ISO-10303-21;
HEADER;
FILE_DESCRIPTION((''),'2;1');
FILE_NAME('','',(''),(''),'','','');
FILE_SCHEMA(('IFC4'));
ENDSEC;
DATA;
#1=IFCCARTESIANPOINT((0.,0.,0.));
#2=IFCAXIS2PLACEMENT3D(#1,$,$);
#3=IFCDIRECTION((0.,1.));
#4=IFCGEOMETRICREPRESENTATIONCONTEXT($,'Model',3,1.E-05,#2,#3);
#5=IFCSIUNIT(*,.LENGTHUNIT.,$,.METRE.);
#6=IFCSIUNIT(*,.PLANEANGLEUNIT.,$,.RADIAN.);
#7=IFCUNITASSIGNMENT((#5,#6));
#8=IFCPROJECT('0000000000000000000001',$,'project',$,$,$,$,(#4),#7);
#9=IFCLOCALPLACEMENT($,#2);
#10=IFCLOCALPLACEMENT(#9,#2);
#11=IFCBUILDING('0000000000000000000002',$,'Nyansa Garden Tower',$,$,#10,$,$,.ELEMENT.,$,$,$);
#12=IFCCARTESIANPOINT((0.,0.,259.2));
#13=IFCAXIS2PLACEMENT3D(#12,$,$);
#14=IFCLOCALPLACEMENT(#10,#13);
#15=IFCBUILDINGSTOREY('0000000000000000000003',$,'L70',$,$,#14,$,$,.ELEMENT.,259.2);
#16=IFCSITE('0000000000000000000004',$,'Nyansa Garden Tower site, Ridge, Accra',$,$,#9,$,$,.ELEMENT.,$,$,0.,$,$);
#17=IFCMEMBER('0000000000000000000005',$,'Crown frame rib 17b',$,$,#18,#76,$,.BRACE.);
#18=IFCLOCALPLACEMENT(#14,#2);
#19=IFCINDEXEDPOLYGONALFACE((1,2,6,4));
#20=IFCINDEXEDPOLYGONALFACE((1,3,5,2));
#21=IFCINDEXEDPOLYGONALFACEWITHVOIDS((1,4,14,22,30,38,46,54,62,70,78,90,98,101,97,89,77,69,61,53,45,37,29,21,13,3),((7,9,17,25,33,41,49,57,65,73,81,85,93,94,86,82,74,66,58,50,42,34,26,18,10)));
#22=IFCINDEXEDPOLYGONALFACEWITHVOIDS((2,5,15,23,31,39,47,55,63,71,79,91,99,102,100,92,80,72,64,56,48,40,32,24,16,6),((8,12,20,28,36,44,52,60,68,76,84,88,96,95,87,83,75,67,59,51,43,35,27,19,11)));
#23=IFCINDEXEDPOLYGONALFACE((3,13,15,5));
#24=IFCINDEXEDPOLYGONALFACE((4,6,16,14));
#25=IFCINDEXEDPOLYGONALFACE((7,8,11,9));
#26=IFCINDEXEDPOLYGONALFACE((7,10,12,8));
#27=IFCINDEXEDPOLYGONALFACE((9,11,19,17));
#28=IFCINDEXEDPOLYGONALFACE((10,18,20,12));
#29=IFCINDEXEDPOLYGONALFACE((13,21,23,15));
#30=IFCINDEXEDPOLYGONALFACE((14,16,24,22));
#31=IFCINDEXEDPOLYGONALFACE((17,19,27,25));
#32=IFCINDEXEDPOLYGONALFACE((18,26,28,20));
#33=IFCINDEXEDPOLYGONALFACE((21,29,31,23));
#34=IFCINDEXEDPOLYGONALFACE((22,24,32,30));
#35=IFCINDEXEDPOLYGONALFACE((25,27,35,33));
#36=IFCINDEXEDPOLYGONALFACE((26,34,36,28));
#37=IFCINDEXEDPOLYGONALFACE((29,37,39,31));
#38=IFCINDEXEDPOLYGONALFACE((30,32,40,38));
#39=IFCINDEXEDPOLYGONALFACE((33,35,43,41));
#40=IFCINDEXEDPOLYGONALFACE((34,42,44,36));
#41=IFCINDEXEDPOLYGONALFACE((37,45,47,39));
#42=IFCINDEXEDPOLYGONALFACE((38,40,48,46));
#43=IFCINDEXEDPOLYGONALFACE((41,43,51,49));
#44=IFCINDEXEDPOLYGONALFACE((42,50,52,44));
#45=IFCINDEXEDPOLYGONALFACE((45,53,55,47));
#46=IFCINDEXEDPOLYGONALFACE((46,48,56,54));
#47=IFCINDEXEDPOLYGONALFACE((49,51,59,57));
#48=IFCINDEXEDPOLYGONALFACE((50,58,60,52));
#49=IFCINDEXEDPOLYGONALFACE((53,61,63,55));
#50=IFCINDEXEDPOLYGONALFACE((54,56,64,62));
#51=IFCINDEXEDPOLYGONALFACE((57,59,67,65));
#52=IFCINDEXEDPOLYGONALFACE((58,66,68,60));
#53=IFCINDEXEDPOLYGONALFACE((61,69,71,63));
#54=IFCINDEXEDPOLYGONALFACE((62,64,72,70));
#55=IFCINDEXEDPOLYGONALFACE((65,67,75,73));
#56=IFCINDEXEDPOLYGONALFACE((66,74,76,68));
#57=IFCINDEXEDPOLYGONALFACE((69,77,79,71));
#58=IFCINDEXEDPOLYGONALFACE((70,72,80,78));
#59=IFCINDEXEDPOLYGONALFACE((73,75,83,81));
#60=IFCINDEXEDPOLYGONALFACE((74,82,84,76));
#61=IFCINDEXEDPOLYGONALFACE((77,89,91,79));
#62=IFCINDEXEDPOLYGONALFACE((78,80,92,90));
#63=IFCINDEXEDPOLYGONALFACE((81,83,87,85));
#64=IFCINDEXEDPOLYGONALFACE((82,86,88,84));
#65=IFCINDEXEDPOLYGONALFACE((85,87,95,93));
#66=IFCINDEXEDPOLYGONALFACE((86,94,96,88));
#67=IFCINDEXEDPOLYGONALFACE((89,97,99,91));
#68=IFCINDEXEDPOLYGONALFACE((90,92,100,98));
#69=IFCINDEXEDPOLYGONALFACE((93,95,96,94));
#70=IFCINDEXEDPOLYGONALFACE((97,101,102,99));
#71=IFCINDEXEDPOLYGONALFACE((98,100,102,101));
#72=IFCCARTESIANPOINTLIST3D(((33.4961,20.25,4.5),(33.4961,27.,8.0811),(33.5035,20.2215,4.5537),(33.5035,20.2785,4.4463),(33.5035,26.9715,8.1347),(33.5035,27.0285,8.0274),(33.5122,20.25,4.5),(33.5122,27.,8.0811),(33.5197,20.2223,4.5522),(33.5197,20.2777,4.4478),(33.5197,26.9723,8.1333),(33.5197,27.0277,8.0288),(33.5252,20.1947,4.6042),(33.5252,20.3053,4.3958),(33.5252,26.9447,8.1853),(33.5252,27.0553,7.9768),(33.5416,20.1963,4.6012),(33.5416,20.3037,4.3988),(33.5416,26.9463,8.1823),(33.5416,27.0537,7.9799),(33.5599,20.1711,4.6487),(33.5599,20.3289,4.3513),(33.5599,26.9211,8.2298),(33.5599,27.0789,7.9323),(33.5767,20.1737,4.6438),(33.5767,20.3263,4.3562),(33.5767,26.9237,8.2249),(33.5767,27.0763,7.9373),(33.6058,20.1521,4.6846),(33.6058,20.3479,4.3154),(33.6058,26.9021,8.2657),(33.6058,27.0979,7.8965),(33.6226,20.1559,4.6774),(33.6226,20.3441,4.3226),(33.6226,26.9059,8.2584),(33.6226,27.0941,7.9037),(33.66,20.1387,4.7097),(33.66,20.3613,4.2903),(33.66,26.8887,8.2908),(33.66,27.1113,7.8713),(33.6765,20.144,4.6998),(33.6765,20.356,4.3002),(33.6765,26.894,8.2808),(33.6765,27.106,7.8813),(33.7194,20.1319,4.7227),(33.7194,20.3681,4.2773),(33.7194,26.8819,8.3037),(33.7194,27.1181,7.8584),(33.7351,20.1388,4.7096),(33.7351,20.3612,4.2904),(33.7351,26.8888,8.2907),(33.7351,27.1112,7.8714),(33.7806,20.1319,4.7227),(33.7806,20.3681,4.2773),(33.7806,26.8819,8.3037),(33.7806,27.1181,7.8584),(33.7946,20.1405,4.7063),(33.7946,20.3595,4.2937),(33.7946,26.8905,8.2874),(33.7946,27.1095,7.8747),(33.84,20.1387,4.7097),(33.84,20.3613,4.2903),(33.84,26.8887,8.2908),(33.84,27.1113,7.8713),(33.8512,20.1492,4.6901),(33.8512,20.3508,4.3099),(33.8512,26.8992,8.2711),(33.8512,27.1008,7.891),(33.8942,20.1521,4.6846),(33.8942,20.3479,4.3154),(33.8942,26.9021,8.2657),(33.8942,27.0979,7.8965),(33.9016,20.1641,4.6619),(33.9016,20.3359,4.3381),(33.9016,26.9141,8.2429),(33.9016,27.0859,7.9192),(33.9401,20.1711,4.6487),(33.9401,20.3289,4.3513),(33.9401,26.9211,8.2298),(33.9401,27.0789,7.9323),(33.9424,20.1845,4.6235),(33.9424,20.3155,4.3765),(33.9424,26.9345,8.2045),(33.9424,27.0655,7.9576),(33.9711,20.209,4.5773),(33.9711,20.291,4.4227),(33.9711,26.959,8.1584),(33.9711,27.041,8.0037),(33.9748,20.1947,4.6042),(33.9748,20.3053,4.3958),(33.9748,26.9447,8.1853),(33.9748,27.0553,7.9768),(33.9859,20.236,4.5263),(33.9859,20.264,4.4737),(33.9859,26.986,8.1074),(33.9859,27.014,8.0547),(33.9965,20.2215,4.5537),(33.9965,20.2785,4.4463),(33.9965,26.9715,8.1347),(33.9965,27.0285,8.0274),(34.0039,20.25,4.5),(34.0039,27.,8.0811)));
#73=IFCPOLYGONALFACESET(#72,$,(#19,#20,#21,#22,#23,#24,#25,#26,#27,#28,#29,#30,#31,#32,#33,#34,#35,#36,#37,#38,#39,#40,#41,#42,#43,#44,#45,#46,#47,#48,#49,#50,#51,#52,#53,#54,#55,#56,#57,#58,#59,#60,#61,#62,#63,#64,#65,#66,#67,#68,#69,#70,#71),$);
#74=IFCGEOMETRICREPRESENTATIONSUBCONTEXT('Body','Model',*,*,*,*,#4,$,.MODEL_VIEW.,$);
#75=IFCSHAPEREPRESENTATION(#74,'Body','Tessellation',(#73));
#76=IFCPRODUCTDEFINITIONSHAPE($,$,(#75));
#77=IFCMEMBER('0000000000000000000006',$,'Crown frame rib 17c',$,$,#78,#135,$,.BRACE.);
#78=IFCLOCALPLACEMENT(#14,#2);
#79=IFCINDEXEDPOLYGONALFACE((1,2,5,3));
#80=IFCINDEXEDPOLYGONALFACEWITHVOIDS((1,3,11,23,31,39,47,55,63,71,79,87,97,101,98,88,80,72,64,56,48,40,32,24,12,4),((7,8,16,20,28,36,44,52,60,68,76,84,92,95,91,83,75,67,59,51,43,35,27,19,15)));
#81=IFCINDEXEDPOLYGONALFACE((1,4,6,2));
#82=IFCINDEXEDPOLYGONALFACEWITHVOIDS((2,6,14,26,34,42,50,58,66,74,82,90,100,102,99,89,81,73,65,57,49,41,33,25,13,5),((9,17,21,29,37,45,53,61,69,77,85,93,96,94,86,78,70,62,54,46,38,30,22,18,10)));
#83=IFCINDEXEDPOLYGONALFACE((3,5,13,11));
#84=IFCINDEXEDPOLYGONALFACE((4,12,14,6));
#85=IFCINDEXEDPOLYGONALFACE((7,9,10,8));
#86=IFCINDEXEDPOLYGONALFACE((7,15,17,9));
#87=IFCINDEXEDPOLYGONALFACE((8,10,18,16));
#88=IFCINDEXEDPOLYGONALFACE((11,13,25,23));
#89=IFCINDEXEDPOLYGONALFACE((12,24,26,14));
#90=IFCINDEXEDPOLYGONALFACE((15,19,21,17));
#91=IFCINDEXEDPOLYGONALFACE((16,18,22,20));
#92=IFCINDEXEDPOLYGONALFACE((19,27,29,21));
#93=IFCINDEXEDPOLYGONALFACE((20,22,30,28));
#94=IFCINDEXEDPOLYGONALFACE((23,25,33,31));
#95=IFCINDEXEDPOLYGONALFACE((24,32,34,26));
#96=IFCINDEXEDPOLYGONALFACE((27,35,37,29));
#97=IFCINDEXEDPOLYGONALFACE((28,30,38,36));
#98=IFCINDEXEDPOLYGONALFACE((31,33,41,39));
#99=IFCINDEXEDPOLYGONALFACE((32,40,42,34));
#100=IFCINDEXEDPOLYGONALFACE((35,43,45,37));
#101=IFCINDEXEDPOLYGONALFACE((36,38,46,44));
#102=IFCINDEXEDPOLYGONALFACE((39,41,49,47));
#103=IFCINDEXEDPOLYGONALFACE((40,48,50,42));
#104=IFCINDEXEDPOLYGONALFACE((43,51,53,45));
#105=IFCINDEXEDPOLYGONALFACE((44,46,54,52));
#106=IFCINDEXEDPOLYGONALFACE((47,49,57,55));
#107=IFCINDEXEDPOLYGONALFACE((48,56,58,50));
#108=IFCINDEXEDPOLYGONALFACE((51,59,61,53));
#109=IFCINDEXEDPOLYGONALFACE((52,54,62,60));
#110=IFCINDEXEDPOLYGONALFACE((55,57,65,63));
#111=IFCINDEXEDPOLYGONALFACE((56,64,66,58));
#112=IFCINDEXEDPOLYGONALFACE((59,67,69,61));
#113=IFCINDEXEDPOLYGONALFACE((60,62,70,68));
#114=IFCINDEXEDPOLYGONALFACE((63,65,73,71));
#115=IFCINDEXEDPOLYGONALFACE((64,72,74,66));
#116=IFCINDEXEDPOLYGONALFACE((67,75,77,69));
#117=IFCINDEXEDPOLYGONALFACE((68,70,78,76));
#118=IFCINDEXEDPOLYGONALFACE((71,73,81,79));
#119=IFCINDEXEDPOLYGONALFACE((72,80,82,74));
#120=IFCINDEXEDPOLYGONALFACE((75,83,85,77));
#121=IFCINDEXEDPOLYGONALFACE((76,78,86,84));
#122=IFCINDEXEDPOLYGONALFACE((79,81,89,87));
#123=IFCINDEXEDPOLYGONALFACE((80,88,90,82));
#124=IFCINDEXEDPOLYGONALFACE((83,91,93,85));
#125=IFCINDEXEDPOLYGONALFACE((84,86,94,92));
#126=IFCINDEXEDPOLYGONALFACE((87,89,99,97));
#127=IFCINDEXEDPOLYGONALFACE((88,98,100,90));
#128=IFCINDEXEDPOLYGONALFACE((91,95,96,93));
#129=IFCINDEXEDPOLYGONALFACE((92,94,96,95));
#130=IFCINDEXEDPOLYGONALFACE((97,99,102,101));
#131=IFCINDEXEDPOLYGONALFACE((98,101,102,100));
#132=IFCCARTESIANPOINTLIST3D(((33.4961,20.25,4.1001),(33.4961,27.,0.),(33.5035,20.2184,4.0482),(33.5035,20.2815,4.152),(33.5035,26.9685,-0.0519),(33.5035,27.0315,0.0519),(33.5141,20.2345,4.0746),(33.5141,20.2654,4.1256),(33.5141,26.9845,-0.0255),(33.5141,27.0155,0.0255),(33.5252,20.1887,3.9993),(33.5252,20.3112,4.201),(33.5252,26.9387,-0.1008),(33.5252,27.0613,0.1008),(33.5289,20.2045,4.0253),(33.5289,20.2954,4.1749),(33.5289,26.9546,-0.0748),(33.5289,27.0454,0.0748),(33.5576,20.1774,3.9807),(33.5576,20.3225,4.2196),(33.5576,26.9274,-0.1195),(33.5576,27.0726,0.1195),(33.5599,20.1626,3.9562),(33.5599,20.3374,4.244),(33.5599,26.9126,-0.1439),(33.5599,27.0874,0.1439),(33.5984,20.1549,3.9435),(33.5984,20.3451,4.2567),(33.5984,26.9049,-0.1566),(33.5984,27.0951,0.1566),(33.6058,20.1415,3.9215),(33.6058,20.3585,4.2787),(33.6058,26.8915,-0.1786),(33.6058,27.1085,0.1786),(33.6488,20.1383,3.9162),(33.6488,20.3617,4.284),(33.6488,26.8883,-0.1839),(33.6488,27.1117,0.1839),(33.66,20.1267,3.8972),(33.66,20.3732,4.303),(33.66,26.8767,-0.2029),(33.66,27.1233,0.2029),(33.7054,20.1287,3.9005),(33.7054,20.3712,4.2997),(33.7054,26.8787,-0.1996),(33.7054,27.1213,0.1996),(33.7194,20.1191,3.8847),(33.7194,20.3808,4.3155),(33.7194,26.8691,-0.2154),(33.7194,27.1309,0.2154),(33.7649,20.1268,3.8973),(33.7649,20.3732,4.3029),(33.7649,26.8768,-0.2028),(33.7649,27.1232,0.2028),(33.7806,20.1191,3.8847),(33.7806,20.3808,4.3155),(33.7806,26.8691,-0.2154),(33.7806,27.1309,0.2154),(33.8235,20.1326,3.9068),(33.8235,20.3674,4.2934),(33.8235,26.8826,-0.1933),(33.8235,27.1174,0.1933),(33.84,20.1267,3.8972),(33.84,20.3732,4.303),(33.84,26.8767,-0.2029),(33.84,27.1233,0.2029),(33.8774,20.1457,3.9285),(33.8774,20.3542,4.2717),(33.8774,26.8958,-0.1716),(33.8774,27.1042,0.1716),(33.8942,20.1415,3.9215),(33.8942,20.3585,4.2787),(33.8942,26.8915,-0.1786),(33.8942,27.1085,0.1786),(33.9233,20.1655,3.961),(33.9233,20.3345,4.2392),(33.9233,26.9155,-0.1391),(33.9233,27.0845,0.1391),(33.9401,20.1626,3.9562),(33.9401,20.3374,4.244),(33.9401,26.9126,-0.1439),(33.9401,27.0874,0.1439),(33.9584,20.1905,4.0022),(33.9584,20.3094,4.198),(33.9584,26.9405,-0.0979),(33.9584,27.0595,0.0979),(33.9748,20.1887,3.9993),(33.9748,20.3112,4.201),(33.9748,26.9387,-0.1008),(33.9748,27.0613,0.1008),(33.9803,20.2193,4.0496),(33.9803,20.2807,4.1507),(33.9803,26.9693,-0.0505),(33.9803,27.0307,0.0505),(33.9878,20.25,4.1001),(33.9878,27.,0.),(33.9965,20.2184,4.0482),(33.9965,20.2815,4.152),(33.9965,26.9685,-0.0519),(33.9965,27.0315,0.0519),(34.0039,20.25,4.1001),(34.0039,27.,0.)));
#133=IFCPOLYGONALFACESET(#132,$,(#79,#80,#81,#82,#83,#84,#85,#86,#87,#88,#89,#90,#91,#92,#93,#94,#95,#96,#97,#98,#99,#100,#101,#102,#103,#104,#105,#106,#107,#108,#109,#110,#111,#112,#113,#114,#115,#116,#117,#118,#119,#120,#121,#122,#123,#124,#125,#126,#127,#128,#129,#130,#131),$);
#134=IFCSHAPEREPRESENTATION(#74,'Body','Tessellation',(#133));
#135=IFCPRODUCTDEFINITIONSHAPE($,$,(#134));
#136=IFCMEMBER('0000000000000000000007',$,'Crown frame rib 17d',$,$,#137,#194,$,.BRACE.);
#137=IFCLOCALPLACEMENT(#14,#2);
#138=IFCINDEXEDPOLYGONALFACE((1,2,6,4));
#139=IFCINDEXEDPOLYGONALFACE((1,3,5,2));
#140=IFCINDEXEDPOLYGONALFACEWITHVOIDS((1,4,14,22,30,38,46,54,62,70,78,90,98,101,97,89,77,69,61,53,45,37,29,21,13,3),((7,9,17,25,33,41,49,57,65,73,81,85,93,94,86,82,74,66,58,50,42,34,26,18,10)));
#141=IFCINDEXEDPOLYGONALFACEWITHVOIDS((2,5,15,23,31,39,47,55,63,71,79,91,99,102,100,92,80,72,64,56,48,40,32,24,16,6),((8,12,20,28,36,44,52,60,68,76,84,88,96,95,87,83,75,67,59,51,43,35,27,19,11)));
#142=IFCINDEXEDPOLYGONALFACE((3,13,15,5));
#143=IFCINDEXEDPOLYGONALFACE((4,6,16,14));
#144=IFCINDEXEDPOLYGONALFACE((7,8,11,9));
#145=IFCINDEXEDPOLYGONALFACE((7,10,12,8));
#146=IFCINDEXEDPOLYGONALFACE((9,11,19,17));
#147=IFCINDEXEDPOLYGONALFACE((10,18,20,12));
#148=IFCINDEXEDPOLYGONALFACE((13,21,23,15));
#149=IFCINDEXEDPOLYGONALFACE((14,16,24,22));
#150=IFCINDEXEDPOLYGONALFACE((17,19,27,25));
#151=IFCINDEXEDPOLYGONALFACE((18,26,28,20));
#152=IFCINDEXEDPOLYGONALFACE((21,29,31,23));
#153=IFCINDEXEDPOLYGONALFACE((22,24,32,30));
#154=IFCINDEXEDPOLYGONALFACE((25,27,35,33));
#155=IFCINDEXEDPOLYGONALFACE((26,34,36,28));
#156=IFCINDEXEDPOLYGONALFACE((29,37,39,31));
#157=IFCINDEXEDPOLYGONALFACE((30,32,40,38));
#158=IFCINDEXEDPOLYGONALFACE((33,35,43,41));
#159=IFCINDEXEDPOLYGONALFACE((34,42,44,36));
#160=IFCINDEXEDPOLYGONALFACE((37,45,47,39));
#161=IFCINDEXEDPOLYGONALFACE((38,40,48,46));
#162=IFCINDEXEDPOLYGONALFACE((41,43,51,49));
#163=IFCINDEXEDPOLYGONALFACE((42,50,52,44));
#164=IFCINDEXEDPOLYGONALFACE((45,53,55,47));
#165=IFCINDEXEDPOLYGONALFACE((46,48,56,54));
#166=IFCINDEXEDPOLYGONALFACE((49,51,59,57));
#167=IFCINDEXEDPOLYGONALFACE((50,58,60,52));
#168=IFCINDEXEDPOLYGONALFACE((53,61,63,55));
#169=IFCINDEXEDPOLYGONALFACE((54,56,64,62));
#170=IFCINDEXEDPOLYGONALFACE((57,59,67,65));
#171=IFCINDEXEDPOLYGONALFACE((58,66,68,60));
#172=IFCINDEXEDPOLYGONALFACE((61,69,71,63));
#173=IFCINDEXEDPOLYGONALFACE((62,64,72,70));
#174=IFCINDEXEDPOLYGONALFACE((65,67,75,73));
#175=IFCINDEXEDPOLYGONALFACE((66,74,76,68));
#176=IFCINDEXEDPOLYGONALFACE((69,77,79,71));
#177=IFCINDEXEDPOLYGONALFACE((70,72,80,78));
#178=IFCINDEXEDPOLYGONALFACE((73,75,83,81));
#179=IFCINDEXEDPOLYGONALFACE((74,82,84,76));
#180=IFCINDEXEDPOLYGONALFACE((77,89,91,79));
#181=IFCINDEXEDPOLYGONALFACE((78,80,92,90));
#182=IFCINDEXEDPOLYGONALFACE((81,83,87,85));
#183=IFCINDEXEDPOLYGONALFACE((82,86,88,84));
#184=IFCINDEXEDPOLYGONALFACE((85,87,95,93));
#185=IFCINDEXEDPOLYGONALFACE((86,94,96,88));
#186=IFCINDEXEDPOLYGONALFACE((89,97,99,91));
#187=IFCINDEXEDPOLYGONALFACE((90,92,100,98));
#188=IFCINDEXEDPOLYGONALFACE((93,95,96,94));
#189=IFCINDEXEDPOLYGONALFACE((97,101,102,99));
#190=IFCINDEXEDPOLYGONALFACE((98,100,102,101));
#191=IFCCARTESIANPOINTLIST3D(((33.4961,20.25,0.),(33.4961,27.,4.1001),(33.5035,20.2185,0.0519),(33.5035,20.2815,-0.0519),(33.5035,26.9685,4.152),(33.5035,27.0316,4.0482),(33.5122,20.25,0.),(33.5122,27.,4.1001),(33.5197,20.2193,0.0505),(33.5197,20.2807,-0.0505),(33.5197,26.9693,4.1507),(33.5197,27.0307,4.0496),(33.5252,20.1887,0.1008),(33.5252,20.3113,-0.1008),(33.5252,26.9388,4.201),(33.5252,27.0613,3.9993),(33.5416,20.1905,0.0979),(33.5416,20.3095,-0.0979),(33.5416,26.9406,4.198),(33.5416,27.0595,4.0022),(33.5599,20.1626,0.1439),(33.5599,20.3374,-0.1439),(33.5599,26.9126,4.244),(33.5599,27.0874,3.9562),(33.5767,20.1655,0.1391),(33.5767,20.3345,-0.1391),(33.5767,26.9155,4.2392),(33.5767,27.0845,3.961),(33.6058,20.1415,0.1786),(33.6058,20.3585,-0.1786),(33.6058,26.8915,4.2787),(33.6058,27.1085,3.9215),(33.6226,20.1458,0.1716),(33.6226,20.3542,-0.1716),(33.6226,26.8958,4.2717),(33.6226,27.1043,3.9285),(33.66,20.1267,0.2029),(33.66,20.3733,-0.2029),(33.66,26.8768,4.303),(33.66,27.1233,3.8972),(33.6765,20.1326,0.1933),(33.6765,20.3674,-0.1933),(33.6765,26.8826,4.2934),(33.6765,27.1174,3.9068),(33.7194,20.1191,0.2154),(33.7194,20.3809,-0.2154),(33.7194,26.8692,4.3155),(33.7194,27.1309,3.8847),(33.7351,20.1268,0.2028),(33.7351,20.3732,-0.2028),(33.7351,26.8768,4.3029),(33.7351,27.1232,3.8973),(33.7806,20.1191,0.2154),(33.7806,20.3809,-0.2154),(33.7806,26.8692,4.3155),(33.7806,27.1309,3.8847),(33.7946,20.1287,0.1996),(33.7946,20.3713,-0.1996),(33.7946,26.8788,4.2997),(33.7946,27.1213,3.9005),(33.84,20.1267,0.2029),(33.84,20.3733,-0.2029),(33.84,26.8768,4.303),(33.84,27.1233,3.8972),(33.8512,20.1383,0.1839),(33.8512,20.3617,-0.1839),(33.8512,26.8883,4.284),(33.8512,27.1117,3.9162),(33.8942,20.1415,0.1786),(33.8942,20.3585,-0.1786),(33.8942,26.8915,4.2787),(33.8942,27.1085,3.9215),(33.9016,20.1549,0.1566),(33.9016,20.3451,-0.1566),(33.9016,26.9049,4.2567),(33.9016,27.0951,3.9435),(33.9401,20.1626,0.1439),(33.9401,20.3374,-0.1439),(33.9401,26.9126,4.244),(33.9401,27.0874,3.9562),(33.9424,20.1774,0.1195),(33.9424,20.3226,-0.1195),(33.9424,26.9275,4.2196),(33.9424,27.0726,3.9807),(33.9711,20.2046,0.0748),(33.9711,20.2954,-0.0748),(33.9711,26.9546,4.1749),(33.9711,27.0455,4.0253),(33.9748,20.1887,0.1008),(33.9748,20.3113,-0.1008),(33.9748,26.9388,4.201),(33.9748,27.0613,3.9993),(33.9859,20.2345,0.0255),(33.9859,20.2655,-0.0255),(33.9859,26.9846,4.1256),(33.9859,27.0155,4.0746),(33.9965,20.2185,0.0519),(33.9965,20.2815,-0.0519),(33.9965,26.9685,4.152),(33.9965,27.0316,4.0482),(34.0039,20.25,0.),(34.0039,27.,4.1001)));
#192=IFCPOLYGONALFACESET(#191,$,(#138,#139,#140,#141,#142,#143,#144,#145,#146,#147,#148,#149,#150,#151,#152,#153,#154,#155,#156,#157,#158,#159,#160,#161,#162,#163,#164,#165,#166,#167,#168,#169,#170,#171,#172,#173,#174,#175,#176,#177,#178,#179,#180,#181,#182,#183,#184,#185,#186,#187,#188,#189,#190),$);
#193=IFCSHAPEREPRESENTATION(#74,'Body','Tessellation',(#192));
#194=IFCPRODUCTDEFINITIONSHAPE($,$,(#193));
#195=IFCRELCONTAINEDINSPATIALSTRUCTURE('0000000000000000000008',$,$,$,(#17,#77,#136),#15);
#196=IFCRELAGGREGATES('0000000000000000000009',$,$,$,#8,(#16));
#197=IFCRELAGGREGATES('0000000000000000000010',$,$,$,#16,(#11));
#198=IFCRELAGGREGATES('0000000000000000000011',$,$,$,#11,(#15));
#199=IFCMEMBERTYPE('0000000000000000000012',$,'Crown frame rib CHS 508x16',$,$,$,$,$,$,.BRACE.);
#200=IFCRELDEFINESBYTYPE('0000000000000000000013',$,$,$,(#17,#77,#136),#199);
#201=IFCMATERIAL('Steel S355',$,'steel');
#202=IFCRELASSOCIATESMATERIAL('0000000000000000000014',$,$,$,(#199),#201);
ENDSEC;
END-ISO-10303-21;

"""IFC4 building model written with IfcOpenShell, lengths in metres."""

from ifc_helpers import new_model, si_unit, direction, frame, origin, origin_2d, place, context, subcontext, project, spatial, hollow_circle, extrude, material, material_profile, profile_set, type_object, element, save


model = new_model("IFC4")

# Units and contexts
model_context = context("Model", 3, precision=1e-05, world=origin(), true_north=direction((0.0, 1.0)))
body_context = subcontext(model_context, "Body", "Model", "MODEL_VIEW")
ifc_project = project(units=[si_unit("LENGTHUNIT", "METRE"), si_unit("PLANEANGLEUNIT", "RADIAN")], contexts=[model_context])

# Site, building, storey
site_placement = place(None, origin())
site = spatial("IfcSite", under=ifc_project, at=site_placement, Name="Nyansa Garden Tower site, Ridge, Accra", CompositionType="ELEMENT", RefElevation=0.0)
building_placement = place(site_placement, origin())
building = spatial("IfcBuilding", under=site, at=building_placement, Name="Nyansa Garden Tower", CompositionType="ELEMENT")
storey_placement = place(building_placement, frame((0.0, 0.0, 259.2)))
storey = spatial("IfcBuildingStorey", under=building, at=storey_placement, Name="L70", CompositionType="ELEMENT", Elevation=259.2)

# Members
ifc_material_1 = material(Name="Steel S355", Category="steel")
ifc_material_profile_1 = material_profile(ifc_material_1, hollow_circle(Radius=0.2539, WallThickness=0.0161, at=origin_2d()), Name="CHS 508x16")
ifc_profile_set_1 = profile_set([ifc_material_profile_1], Name="Steel S355")
member_type = type_object("IfcMemberType", Name="Crown frame rib CHS 508x16", PredefinedType="BRACE", material=ifc_profile_set_1)
for number, where, z_axis, x_axis, name in (
    (1, (33.75, 20.25, 4.5), (0.0, 0.88338, 0.468657), (-1.0, 0.0, 0.0), "Crown frame rib 17b"),
):
    element("IfcMember", number, at=place(storey_placement, frame(where, z_axis=z_axis, x_axis=x_axis)), inside=storey, type_object=member_type, Name=name, PredefinedType="BRACE", context=body_context, shape_type="SweptSolid", body=[
        extrude(hollow_circle(Radius=0.2539, WallThickness=0.0161, at=origin_2d()), origin(), (0.0, 0.0, 1.0), 7.6411),
    ])
for number, where, z_axis, x_axis, name in (
    (2, (33.75, 27.0, 0.0), (0.0, -0.854682, 0.519152), (1.0, 0.0, 0.0), "Crown frame rib 17c"),
    (3, (33.75, 20.25, 0.0), (0.0, 0.854682, 0.519152), (-1.0, 0.0, 0.0), "Crown frame rib 17d"),
):
    element("IfcMember", number, at=place(storey_placement, frame(where, z_axis=z_axis, x_axis=x_axis)), inside=storey, type_object=member_type, Name=name, PredefinedType="BRACE", context=body_context, shape_type="SweptSolid", body=[
        extrude(hollow_circle(Radius=0.2539, WallThickness=0.0161, at=origin_2d()), origin(), (0.0, 0.0, 1.0), 7.8977),
    ])

save(model, "model.ifc")
